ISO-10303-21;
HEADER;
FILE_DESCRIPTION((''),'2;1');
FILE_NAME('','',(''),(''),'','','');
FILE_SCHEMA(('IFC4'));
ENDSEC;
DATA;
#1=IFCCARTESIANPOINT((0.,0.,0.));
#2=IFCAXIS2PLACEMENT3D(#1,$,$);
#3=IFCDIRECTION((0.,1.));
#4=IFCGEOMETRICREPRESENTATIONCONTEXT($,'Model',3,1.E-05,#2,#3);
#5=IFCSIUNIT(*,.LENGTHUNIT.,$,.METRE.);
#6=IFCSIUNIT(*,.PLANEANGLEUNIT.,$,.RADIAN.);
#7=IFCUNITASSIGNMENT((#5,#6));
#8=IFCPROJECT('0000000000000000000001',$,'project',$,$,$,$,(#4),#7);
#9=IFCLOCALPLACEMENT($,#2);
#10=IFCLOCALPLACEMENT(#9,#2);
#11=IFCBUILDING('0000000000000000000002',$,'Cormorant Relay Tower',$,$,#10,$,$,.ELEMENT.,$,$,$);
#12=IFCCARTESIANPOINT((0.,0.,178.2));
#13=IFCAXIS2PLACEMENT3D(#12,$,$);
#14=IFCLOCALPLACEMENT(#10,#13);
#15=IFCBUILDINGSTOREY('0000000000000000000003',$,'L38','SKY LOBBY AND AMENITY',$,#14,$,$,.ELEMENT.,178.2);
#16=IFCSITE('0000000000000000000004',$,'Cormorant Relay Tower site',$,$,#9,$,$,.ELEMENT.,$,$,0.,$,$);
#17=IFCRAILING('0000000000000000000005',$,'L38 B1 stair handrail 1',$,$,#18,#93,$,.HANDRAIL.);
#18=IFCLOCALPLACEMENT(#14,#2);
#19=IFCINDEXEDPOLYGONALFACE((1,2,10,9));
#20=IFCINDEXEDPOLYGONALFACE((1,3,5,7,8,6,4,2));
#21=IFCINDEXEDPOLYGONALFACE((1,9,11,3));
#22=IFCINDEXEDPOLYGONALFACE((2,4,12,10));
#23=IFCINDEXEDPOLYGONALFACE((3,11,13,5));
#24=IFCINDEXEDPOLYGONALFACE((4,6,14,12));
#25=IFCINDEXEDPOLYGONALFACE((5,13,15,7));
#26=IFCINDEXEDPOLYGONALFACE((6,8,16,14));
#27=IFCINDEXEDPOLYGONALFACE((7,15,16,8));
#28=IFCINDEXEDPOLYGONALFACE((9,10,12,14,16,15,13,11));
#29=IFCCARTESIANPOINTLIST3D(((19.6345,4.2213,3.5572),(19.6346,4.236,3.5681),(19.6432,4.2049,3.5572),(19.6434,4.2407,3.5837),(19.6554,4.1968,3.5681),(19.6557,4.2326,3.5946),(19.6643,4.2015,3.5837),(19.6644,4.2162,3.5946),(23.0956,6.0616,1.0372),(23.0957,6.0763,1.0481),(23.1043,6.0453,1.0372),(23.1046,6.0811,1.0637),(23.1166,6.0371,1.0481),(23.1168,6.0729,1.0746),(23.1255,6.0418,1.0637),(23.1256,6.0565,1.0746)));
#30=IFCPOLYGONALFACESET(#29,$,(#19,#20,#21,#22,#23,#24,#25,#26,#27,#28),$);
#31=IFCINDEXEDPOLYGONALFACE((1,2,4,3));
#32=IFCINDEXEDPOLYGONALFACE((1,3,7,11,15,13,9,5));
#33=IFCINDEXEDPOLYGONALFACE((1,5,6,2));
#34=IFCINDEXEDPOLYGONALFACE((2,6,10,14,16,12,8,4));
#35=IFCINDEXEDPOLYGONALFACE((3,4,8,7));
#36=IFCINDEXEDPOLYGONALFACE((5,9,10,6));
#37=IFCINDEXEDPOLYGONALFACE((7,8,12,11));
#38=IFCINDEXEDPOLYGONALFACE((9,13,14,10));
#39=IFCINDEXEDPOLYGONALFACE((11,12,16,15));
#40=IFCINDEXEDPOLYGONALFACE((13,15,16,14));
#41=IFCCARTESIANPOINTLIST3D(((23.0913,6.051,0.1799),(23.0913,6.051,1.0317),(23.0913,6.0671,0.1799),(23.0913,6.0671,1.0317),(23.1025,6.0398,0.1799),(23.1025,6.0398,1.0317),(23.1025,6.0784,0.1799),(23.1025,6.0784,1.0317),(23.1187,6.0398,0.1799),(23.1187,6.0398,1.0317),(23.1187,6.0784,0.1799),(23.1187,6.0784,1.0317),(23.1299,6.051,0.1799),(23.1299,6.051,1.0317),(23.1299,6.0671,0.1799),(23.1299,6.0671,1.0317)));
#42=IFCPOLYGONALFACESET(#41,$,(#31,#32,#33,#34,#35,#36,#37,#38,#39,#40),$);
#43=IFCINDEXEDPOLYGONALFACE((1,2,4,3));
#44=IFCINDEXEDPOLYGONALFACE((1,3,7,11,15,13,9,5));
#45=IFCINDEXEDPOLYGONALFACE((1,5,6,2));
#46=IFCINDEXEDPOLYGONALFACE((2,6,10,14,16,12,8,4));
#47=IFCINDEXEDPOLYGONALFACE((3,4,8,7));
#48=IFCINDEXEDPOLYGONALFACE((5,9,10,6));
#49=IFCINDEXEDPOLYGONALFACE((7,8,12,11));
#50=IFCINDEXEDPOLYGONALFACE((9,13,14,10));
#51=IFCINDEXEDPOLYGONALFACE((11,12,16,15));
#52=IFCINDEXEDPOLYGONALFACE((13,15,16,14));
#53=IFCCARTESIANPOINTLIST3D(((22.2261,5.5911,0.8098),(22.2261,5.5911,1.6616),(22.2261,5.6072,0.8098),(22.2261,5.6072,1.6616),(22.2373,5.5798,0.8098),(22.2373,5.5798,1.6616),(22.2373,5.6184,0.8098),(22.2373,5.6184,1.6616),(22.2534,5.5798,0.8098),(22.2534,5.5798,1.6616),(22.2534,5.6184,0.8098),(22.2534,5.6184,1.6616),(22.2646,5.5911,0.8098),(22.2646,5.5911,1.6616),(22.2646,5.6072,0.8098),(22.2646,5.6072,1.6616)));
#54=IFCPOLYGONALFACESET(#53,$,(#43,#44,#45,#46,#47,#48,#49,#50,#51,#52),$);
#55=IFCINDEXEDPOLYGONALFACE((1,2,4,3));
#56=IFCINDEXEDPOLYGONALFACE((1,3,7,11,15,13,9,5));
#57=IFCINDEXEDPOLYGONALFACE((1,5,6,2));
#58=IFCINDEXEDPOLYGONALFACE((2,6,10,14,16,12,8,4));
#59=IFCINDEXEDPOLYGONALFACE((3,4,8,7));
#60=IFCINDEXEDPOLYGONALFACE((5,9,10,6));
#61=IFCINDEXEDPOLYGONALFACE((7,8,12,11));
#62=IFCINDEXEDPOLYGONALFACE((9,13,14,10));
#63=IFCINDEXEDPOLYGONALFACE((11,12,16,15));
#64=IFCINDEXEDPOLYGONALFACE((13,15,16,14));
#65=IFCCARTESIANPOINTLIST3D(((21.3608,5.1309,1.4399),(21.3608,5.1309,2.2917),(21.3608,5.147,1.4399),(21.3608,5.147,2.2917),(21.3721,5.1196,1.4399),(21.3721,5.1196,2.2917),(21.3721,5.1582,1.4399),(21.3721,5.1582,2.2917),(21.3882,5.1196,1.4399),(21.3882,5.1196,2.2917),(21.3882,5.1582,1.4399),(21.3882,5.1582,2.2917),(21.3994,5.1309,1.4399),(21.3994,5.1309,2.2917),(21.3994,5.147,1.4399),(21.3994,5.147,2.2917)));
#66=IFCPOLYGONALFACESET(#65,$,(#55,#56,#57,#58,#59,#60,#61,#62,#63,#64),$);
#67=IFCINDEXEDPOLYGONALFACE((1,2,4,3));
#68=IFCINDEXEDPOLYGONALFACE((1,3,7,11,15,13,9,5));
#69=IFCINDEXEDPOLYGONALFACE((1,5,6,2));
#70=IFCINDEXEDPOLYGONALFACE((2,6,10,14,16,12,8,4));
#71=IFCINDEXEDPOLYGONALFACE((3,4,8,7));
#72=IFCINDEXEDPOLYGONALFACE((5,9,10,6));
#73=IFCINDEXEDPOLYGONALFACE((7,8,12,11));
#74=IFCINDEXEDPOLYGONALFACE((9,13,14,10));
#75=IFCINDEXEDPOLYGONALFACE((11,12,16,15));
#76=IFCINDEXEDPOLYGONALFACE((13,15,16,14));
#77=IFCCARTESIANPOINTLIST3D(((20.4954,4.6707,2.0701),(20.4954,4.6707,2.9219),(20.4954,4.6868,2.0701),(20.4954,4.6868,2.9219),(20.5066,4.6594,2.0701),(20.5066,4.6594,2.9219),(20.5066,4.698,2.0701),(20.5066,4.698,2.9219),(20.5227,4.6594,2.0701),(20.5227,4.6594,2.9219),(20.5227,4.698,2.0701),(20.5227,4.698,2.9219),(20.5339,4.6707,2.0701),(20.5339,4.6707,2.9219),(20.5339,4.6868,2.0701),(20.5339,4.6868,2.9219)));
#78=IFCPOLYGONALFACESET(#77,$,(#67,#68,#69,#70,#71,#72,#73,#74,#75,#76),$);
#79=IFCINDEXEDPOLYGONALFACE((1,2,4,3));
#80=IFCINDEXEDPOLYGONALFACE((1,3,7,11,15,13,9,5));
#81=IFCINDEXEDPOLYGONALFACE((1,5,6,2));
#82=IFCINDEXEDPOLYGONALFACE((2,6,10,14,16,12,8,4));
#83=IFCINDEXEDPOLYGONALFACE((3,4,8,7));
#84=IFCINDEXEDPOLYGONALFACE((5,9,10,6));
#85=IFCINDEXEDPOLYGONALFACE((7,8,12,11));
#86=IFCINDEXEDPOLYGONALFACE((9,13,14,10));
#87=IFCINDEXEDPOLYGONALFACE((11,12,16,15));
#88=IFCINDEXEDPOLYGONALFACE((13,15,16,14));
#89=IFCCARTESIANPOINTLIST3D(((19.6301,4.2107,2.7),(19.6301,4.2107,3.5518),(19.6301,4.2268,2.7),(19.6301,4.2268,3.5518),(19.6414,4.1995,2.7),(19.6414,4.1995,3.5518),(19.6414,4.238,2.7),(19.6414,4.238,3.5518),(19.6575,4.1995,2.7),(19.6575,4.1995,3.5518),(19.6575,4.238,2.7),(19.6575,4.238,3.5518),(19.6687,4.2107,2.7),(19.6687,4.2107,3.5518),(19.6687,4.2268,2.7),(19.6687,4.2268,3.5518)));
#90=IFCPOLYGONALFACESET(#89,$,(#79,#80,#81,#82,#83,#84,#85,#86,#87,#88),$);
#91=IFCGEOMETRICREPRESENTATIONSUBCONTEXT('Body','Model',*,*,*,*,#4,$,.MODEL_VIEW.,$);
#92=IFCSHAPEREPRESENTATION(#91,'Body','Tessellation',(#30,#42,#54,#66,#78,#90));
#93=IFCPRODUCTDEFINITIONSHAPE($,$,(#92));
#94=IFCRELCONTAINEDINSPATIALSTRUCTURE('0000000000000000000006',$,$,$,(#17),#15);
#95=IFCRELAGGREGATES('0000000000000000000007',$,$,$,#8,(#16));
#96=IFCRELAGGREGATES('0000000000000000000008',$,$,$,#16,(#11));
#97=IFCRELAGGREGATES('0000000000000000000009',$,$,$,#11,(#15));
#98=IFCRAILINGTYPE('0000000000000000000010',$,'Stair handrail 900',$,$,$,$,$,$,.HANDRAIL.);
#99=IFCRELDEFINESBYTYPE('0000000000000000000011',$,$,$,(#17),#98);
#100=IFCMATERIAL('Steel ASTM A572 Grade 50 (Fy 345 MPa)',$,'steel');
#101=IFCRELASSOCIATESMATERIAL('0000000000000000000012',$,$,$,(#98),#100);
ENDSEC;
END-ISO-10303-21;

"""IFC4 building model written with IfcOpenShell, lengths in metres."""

from ifc_helpers import new_model, si_unit, direction, frame, origin, place, context, subcontext, project, spatial, polyline, outline, extrude, material, type_object, element, save


model = new_model("IFC4")

# Units and contexts
model_context = context("Model", 3, precision=1e-05, world=origin(), true_north=direction((0.0, 1.0)))
body_context = subcontext(model_context, "Body", "Model", "MODEL_VIEW")
ifc_project = project(units=[si_unit("LENGTHUNIT", "METRE"), si_unit("PLANEANGLEUNIT", "RADIAN")], contexts=[model_context])

# Site, building, storey
site_placement = place(None, origin())
site = spatial("IfcSite", under=ifc_project, at=site_placement, Name="Cormorant Relay Tower site", CompositionType="ELEMENT", RefElevation=0.0)
building_placement = place(site_placement, origin())
building = spatial("IfcBuilding", under=site, at=building_placement, Name="Cormorant Relay Tower", CompositionType="ELEMENT")
storey_placement = place(building_placement, frame((0.0, 0.0, 178.2)))
storey = spatial("IfcBuildingStorey", under=building, at=storey_placement, Name="L38", Description="SKY LOBBY AND AMENITY", CompositionType="ELEMENT", Elevation=178.2)

# Railing
ifc_material_1 = material(Name="Steel ASTM A572 Grade 50 (Fy 345 MPa)", Category="steel")
railing_type_1 = type_object("IfcRailingType", Name="Stair handrail 900", PredefinedType="HANDRAIL", material=ifc_material_1)
railing_1_placement = place(storey_placement, frame((23.1106, 6.0591, 0.1799)))
element("IfcRailing", 1, at=railing_1_placement, inside=storey, type_object=railing_type_1, Name="L38 B1 stair handrail 1", PredefinedType="HANDRAIL", context=body_context, shape_type="SweptSolid", body=[
    extrude(outline(polyline([(0.0222, 0.0093), (0.0093, 0.0222), (-0.0093, 0.0222), (-0.0222, 0.0093), (-0.0222, -0.0093), (-0.0093, -0.0222), (0.0093, -0.0222), (0.0222, -0.0093), (0.0222, 0.0093)])), frame((0.0, 0.0, 0.876), z_axis=(-0.742717, -0.394907, 0.540758), x_axis=(0.469469, -0.882949, 0.0)), (0.0, 0.0, 1.0), 4.6602),
    extrude(outline(polyline([(0.0193, 0.0081), (0.0081, 0.0193), (-0.0081, 0.0193), (-0.0193, 0.0081), (-0.0193, -0.0081), (-0.0081, -0.0193), (0.0081, -0.0193), (0.0193, -0.0081), (0.0193, 0.0081)])), origin(), (0.0, 0.0, 1.0), 0.8518),
    extrude(outline(polyline([(0.0193, 0.0081), (0.0081, 0.0193), (-0.0081, 0.0193), (-0.0193, 0.0081), (-0.0193, -0.0081), (-0.0081, -0.0193), (0.0081, -0.0193), (0.0193, -0.0081), (0.0193, 0.0081)])), frame((-0.8652, -0.46, 0.6299)), (0.0, 0.0, 1.0), 0.8518),
    extrude(outline(polyline([(0.0193, 0.0081), (0.0081, 0.0193), (-0.0081, 0.0193), (-0.0193, 0.0081), (-0.0193, -0.0081), (-0.0081, -0.0193), (0.0081, -0.0193), (0.0193, -0.0081), (0.0193, 0.0081)])), frame((-1.7305, -0.9202, 1.26)), (0.0, 0.0, 1.0), 0.8518),
    extrude(outline(polyline([(0.0193, 0.0081), (0.0081, 0.0193), (-0.0081, 0.0193), (-0.0193, 0.0081), (-0.0193, -0.0081), (-0.0081, -0.0193), (0.0081, -0.0193), (0.0193, -0.0081), (0.0193, 0.0081)])), frame((-2.5959, -1.3804, 1.8901)), (0.0, 0.0, 1.0), 0.8518),
    extrude(outline(polyline([(0.0193, 0.0081), (0.0081, 0.0193), (-0.0081, 0.0193), (-0.0193, 0.0081), (-0.0193, -0.0081), (-0.0081, -0.0193), (0.0081, -0.0193), (0.0193, -0.0081), (0.0193, 0.0081)])), frame((-3.4612, -1.8403, 2.52)), (0.0, 0.0, 1.0), 0.8518),
])

save(model, "model.ifc")
